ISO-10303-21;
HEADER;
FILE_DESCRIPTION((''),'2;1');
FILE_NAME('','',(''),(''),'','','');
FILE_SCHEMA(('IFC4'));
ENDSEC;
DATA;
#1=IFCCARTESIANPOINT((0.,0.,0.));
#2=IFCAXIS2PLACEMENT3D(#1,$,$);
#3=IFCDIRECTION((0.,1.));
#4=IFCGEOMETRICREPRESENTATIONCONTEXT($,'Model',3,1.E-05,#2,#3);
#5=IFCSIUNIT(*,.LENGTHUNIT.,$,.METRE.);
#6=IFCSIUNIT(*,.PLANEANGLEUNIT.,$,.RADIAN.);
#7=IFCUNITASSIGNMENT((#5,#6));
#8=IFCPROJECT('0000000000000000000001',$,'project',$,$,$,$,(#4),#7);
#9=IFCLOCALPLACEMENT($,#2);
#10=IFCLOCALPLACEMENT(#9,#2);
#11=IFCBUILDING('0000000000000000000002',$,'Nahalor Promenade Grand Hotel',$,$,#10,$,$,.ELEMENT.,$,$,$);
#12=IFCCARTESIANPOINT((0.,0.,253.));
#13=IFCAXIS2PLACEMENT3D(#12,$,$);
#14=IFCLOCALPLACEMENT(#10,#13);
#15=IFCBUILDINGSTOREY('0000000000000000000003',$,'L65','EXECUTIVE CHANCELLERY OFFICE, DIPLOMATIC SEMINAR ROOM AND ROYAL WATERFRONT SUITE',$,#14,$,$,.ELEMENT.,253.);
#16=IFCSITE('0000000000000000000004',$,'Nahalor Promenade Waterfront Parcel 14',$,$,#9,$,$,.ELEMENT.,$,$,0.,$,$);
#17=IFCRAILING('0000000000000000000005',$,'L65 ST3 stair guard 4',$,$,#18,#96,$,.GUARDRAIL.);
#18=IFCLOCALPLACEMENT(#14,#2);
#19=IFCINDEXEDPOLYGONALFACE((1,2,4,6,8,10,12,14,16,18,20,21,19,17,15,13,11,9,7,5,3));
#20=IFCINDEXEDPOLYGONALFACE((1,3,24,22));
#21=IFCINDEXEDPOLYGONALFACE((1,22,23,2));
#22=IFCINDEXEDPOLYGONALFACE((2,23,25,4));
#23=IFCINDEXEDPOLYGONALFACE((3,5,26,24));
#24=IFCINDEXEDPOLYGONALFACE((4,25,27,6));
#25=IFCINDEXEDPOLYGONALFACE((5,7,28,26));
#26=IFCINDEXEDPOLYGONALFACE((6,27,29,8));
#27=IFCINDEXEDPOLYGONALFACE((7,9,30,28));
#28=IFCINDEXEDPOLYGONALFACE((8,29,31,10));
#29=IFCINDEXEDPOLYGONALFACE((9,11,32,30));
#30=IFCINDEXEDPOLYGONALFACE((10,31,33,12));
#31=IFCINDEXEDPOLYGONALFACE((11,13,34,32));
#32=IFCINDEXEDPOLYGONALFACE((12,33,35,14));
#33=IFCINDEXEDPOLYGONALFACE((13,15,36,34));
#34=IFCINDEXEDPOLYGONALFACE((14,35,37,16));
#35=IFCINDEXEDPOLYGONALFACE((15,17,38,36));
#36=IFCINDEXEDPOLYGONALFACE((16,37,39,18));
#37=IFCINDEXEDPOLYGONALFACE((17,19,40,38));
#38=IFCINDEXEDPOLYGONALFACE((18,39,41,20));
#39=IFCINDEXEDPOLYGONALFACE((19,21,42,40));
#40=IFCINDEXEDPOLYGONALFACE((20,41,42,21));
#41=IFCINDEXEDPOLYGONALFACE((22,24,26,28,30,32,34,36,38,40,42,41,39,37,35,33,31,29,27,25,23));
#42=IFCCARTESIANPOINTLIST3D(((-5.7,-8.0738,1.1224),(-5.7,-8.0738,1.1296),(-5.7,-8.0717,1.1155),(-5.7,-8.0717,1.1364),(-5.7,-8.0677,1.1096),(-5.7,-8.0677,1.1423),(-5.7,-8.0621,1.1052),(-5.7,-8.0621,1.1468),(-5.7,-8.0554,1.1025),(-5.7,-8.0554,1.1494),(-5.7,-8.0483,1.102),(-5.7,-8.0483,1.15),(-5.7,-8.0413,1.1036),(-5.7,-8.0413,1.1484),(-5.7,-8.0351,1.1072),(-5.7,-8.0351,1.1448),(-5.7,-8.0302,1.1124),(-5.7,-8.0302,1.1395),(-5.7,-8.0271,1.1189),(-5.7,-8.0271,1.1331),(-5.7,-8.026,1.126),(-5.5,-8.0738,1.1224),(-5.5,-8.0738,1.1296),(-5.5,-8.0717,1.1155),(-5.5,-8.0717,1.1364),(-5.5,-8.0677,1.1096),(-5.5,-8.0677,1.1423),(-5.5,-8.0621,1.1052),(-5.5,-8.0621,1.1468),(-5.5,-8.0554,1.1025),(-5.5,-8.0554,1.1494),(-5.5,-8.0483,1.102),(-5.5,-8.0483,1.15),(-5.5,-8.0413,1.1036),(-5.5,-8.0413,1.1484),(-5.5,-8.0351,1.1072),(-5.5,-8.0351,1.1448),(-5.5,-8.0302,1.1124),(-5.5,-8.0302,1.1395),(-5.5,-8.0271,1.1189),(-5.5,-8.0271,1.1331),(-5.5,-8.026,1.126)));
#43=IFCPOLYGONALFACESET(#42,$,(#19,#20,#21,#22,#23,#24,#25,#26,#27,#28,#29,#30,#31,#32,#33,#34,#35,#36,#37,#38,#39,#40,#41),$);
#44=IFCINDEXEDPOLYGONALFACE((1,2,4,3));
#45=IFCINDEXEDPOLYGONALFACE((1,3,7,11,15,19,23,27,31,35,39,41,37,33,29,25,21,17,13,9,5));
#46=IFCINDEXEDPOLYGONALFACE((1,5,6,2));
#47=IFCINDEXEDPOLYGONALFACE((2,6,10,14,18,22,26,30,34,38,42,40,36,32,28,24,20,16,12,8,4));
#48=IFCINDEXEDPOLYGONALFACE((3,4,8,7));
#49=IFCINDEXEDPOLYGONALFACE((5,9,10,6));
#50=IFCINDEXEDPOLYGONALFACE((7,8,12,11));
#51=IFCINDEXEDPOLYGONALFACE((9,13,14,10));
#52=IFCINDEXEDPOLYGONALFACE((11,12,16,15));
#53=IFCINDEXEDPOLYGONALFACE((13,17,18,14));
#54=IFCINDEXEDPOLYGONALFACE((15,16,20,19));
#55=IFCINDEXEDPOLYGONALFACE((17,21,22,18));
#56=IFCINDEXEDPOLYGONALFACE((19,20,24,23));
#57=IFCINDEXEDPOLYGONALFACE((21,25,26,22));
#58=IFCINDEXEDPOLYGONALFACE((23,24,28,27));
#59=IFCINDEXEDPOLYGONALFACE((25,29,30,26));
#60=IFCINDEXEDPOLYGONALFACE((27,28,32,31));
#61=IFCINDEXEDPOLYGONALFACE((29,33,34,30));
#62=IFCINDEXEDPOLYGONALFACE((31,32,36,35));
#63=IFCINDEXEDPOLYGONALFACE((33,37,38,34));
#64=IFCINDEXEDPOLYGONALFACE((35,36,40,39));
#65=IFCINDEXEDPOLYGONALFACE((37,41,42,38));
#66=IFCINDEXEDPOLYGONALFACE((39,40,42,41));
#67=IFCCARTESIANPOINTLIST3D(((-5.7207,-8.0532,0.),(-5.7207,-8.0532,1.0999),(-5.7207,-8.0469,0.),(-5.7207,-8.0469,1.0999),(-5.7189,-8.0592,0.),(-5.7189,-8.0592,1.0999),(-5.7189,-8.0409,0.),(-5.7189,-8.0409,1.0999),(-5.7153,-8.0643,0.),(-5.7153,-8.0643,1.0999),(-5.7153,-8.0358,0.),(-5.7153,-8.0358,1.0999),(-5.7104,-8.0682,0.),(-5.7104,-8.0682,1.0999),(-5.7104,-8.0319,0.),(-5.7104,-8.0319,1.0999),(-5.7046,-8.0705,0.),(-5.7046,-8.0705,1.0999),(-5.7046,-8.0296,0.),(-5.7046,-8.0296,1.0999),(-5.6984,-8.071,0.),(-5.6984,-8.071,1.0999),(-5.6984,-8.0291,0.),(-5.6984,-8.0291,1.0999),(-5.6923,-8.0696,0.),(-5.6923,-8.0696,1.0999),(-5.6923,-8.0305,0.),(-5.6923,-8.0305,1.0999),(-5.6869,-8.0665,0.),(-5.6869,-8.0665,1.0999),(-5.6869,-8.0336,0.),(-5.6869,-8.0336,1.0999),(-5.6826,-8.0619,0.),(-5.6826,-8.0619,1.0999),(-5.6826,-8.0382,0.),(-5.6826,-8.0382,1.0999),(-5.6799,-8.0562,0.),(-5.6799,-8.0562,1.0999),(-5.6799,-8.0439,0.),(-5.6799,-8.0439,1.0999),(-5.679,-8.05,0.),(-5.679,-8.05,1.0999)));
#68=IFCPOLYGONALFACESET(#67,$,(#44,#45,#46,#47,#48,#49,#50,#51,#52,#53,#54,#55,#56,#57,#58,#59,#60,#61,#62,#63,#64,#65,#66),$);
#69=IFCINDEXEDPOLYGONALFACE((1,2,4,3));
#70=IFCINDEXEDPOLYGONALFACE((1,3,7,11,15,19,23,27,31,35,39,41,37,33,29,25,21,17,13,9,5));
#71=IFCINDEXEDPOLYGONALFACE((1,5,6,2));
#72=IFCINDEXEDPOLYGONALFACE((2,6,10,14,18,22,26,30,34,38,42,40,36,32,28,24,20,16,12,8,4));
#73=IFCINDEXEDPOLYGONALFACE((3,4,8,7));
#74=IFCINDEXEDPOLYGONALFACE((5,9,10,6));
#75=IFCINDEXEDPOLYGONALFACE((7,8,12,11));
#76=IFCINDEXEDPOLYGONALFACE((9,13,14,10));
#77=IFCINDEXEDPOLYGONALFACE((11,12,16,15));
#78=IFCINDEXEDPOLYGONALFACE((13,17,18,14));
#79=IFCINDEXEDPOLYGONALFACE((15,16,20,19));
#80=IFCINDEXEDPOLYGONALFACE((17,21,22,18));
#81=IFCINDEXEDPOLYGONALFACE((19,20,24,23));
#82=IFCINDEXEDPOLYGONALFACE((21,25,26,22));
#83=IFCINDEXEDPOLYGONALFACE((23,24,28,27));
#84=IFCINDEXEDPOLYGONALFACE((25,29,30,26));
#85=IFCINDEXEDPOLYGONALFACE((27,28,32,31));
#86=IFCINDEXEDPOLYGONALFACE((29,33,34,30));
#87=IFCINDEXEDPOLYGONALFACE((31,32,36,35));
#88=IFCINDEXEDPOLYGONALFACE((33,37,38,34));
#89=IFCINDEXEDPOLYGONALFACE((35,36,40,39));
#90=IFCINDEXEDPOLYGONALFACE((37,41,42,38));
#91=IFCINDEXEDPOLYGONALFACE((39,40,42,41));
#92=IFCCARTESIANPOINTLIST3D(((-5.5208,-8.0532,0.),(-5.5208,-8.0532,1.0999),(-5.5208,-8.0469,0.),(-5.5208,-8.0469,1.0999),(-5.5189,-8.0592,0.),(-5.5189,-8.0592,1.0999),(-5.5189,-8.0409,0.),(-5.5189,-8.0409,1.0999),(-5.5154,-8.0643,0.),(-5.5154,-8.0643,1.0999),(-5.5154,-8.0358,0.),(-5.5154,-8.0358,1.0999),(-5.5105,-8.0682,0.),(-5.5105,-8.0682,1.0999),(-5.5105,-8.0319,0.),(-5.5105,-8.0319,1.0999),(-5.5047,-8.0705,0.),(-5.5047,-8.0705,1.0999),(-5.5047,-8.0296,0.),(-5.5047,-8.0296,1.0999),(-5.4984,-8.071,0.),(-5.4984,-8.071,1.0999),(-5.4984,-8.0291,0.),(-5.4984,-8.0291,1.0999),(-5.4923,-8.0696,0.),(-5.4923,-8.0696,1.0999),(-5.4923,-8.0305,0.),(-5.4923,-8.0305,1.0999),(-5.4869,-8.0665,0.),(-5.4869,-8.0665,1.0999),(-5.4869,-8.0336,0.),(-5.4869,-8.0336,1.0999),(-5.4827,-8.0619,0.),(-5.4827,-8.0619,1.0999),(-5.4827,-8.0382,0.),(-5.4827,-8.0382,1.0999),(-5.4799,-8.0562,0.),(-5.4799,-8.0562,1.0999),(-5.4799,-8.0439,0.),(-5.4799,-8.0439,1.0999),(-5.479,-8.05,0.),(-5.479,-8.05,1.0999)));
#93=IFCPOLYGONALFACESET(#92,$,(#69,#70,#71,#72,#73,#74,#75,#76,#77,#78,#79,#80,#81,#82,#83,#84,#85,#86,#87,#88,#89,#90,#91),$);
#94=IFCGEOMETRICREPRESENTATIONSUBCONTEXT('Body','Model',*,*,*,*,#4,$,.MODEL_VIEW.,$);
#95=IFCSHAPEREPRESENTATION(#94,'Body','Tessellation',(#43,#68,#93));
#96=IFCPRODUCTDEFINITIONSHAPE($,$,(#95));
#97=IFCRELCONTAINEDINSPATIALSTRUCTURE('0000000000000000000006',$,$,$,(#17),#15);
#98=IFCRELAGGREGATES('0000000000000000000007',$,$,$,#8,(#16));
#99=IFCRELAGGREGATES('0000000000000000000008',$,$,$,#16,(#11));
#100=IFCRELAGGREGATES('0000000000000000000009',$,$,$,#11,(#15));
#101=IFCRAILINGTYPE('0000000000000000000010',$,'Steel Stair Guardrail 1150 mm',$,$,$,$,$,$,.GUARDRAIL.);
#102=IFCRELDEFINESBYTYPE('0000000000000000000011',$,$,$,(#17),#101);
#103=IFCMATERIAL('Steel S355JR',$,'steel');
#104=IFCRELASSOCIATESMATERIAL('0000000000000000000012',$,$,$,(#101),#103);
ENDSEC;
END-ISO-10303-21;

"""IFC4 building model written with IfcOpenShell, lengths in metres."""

from ifc_helpers import new_model, si_unit, direction, frame, origin, origin_2d, place, context, subcontext, project, spatial, circle, extrude, material, type_object, element, save


model = new_model("IFC4")

# Units and contexts
model_context = context("Model", 3, precision=1e-05, world=origin(), true_north=direction((0.0, 1.0)))
body_context = subcontext(model_context, "Body", "Model", "MODEL_VIEW")
ifc_project = project(units=[si_unit("LENGTHUNIT", "METRE"), si_unit("PLANEANGLEUNIT", "RADIAN")], contexts=[model_context])

# Site, building, storey
site_placement = place(None, origin())
site = spatial("IfcSite", under=ifc_project, at=site_placement, Name="Nahalor Promenade Waterfront Parcel 14", CompositionType="ELEMENT", RefElevation=0.0)
building_placement = place(site_placement, origin())
building = spatial("IfcBuilding", under=site, at=building_placement, Name="Nahalor Promenade Grand Hotel", CompositionType="ELEMENT")
storey_placement = place(building_placement, frame((0.0, 0.0, 253.0)))
storey = spatial("IfcBuildingStorey", under=building, at=storey_placement, Name="L65", Description="EXECUTIVE CHANCELLERY OFFICE, DIPLOMATIC SEMINAR ROOM AND ROYAL WATERFRONT SUITE", CompositionType="ELEMENT", Elevation=253.0)

# Shared definitions
ifc_material_1 = material(Name="Steel S355JR", Category="steel")

# Railing
railing_type_1 = type_object("IfcRailingType", Name="Steel Stair Guardrail 1150 mm", PredefinedType="GUARDRAIL", material=ifc_material_1)
railing_1_placement = place(storey_placement, frame((-5.7, -8.05, 0.0)))
element("IfcRailing", 1, at=railing_1_placement, inside=storey, type_object=railing_type_1, Name="L65 ST3 stair guard 4", PredefinedType="GUARDRAIL", context=body_context, shape_type="SweptSolid", body=[
    extrude(circle(Radius=0.024, at=origin_2d()), frame((0.0, 0.0, 1.126), z_axis=(1.0, 0.0, 0.0), x_axis=(0.0, 1.0, 0.0)), (0.0, 0.0, 1.0), 0.2),
    extrude(circle(Radius=0.021, at=origin_2d()), origin(), (0.0, 0.0, 1.0), 1.0999),
    extrude(circle(Radius=0.021, at=origin_2d()), frame((0.2, 0.0, 0.0)), (0.0, 0.0, 1.0), 1.0999),
])

save(model, "model.ifc")
